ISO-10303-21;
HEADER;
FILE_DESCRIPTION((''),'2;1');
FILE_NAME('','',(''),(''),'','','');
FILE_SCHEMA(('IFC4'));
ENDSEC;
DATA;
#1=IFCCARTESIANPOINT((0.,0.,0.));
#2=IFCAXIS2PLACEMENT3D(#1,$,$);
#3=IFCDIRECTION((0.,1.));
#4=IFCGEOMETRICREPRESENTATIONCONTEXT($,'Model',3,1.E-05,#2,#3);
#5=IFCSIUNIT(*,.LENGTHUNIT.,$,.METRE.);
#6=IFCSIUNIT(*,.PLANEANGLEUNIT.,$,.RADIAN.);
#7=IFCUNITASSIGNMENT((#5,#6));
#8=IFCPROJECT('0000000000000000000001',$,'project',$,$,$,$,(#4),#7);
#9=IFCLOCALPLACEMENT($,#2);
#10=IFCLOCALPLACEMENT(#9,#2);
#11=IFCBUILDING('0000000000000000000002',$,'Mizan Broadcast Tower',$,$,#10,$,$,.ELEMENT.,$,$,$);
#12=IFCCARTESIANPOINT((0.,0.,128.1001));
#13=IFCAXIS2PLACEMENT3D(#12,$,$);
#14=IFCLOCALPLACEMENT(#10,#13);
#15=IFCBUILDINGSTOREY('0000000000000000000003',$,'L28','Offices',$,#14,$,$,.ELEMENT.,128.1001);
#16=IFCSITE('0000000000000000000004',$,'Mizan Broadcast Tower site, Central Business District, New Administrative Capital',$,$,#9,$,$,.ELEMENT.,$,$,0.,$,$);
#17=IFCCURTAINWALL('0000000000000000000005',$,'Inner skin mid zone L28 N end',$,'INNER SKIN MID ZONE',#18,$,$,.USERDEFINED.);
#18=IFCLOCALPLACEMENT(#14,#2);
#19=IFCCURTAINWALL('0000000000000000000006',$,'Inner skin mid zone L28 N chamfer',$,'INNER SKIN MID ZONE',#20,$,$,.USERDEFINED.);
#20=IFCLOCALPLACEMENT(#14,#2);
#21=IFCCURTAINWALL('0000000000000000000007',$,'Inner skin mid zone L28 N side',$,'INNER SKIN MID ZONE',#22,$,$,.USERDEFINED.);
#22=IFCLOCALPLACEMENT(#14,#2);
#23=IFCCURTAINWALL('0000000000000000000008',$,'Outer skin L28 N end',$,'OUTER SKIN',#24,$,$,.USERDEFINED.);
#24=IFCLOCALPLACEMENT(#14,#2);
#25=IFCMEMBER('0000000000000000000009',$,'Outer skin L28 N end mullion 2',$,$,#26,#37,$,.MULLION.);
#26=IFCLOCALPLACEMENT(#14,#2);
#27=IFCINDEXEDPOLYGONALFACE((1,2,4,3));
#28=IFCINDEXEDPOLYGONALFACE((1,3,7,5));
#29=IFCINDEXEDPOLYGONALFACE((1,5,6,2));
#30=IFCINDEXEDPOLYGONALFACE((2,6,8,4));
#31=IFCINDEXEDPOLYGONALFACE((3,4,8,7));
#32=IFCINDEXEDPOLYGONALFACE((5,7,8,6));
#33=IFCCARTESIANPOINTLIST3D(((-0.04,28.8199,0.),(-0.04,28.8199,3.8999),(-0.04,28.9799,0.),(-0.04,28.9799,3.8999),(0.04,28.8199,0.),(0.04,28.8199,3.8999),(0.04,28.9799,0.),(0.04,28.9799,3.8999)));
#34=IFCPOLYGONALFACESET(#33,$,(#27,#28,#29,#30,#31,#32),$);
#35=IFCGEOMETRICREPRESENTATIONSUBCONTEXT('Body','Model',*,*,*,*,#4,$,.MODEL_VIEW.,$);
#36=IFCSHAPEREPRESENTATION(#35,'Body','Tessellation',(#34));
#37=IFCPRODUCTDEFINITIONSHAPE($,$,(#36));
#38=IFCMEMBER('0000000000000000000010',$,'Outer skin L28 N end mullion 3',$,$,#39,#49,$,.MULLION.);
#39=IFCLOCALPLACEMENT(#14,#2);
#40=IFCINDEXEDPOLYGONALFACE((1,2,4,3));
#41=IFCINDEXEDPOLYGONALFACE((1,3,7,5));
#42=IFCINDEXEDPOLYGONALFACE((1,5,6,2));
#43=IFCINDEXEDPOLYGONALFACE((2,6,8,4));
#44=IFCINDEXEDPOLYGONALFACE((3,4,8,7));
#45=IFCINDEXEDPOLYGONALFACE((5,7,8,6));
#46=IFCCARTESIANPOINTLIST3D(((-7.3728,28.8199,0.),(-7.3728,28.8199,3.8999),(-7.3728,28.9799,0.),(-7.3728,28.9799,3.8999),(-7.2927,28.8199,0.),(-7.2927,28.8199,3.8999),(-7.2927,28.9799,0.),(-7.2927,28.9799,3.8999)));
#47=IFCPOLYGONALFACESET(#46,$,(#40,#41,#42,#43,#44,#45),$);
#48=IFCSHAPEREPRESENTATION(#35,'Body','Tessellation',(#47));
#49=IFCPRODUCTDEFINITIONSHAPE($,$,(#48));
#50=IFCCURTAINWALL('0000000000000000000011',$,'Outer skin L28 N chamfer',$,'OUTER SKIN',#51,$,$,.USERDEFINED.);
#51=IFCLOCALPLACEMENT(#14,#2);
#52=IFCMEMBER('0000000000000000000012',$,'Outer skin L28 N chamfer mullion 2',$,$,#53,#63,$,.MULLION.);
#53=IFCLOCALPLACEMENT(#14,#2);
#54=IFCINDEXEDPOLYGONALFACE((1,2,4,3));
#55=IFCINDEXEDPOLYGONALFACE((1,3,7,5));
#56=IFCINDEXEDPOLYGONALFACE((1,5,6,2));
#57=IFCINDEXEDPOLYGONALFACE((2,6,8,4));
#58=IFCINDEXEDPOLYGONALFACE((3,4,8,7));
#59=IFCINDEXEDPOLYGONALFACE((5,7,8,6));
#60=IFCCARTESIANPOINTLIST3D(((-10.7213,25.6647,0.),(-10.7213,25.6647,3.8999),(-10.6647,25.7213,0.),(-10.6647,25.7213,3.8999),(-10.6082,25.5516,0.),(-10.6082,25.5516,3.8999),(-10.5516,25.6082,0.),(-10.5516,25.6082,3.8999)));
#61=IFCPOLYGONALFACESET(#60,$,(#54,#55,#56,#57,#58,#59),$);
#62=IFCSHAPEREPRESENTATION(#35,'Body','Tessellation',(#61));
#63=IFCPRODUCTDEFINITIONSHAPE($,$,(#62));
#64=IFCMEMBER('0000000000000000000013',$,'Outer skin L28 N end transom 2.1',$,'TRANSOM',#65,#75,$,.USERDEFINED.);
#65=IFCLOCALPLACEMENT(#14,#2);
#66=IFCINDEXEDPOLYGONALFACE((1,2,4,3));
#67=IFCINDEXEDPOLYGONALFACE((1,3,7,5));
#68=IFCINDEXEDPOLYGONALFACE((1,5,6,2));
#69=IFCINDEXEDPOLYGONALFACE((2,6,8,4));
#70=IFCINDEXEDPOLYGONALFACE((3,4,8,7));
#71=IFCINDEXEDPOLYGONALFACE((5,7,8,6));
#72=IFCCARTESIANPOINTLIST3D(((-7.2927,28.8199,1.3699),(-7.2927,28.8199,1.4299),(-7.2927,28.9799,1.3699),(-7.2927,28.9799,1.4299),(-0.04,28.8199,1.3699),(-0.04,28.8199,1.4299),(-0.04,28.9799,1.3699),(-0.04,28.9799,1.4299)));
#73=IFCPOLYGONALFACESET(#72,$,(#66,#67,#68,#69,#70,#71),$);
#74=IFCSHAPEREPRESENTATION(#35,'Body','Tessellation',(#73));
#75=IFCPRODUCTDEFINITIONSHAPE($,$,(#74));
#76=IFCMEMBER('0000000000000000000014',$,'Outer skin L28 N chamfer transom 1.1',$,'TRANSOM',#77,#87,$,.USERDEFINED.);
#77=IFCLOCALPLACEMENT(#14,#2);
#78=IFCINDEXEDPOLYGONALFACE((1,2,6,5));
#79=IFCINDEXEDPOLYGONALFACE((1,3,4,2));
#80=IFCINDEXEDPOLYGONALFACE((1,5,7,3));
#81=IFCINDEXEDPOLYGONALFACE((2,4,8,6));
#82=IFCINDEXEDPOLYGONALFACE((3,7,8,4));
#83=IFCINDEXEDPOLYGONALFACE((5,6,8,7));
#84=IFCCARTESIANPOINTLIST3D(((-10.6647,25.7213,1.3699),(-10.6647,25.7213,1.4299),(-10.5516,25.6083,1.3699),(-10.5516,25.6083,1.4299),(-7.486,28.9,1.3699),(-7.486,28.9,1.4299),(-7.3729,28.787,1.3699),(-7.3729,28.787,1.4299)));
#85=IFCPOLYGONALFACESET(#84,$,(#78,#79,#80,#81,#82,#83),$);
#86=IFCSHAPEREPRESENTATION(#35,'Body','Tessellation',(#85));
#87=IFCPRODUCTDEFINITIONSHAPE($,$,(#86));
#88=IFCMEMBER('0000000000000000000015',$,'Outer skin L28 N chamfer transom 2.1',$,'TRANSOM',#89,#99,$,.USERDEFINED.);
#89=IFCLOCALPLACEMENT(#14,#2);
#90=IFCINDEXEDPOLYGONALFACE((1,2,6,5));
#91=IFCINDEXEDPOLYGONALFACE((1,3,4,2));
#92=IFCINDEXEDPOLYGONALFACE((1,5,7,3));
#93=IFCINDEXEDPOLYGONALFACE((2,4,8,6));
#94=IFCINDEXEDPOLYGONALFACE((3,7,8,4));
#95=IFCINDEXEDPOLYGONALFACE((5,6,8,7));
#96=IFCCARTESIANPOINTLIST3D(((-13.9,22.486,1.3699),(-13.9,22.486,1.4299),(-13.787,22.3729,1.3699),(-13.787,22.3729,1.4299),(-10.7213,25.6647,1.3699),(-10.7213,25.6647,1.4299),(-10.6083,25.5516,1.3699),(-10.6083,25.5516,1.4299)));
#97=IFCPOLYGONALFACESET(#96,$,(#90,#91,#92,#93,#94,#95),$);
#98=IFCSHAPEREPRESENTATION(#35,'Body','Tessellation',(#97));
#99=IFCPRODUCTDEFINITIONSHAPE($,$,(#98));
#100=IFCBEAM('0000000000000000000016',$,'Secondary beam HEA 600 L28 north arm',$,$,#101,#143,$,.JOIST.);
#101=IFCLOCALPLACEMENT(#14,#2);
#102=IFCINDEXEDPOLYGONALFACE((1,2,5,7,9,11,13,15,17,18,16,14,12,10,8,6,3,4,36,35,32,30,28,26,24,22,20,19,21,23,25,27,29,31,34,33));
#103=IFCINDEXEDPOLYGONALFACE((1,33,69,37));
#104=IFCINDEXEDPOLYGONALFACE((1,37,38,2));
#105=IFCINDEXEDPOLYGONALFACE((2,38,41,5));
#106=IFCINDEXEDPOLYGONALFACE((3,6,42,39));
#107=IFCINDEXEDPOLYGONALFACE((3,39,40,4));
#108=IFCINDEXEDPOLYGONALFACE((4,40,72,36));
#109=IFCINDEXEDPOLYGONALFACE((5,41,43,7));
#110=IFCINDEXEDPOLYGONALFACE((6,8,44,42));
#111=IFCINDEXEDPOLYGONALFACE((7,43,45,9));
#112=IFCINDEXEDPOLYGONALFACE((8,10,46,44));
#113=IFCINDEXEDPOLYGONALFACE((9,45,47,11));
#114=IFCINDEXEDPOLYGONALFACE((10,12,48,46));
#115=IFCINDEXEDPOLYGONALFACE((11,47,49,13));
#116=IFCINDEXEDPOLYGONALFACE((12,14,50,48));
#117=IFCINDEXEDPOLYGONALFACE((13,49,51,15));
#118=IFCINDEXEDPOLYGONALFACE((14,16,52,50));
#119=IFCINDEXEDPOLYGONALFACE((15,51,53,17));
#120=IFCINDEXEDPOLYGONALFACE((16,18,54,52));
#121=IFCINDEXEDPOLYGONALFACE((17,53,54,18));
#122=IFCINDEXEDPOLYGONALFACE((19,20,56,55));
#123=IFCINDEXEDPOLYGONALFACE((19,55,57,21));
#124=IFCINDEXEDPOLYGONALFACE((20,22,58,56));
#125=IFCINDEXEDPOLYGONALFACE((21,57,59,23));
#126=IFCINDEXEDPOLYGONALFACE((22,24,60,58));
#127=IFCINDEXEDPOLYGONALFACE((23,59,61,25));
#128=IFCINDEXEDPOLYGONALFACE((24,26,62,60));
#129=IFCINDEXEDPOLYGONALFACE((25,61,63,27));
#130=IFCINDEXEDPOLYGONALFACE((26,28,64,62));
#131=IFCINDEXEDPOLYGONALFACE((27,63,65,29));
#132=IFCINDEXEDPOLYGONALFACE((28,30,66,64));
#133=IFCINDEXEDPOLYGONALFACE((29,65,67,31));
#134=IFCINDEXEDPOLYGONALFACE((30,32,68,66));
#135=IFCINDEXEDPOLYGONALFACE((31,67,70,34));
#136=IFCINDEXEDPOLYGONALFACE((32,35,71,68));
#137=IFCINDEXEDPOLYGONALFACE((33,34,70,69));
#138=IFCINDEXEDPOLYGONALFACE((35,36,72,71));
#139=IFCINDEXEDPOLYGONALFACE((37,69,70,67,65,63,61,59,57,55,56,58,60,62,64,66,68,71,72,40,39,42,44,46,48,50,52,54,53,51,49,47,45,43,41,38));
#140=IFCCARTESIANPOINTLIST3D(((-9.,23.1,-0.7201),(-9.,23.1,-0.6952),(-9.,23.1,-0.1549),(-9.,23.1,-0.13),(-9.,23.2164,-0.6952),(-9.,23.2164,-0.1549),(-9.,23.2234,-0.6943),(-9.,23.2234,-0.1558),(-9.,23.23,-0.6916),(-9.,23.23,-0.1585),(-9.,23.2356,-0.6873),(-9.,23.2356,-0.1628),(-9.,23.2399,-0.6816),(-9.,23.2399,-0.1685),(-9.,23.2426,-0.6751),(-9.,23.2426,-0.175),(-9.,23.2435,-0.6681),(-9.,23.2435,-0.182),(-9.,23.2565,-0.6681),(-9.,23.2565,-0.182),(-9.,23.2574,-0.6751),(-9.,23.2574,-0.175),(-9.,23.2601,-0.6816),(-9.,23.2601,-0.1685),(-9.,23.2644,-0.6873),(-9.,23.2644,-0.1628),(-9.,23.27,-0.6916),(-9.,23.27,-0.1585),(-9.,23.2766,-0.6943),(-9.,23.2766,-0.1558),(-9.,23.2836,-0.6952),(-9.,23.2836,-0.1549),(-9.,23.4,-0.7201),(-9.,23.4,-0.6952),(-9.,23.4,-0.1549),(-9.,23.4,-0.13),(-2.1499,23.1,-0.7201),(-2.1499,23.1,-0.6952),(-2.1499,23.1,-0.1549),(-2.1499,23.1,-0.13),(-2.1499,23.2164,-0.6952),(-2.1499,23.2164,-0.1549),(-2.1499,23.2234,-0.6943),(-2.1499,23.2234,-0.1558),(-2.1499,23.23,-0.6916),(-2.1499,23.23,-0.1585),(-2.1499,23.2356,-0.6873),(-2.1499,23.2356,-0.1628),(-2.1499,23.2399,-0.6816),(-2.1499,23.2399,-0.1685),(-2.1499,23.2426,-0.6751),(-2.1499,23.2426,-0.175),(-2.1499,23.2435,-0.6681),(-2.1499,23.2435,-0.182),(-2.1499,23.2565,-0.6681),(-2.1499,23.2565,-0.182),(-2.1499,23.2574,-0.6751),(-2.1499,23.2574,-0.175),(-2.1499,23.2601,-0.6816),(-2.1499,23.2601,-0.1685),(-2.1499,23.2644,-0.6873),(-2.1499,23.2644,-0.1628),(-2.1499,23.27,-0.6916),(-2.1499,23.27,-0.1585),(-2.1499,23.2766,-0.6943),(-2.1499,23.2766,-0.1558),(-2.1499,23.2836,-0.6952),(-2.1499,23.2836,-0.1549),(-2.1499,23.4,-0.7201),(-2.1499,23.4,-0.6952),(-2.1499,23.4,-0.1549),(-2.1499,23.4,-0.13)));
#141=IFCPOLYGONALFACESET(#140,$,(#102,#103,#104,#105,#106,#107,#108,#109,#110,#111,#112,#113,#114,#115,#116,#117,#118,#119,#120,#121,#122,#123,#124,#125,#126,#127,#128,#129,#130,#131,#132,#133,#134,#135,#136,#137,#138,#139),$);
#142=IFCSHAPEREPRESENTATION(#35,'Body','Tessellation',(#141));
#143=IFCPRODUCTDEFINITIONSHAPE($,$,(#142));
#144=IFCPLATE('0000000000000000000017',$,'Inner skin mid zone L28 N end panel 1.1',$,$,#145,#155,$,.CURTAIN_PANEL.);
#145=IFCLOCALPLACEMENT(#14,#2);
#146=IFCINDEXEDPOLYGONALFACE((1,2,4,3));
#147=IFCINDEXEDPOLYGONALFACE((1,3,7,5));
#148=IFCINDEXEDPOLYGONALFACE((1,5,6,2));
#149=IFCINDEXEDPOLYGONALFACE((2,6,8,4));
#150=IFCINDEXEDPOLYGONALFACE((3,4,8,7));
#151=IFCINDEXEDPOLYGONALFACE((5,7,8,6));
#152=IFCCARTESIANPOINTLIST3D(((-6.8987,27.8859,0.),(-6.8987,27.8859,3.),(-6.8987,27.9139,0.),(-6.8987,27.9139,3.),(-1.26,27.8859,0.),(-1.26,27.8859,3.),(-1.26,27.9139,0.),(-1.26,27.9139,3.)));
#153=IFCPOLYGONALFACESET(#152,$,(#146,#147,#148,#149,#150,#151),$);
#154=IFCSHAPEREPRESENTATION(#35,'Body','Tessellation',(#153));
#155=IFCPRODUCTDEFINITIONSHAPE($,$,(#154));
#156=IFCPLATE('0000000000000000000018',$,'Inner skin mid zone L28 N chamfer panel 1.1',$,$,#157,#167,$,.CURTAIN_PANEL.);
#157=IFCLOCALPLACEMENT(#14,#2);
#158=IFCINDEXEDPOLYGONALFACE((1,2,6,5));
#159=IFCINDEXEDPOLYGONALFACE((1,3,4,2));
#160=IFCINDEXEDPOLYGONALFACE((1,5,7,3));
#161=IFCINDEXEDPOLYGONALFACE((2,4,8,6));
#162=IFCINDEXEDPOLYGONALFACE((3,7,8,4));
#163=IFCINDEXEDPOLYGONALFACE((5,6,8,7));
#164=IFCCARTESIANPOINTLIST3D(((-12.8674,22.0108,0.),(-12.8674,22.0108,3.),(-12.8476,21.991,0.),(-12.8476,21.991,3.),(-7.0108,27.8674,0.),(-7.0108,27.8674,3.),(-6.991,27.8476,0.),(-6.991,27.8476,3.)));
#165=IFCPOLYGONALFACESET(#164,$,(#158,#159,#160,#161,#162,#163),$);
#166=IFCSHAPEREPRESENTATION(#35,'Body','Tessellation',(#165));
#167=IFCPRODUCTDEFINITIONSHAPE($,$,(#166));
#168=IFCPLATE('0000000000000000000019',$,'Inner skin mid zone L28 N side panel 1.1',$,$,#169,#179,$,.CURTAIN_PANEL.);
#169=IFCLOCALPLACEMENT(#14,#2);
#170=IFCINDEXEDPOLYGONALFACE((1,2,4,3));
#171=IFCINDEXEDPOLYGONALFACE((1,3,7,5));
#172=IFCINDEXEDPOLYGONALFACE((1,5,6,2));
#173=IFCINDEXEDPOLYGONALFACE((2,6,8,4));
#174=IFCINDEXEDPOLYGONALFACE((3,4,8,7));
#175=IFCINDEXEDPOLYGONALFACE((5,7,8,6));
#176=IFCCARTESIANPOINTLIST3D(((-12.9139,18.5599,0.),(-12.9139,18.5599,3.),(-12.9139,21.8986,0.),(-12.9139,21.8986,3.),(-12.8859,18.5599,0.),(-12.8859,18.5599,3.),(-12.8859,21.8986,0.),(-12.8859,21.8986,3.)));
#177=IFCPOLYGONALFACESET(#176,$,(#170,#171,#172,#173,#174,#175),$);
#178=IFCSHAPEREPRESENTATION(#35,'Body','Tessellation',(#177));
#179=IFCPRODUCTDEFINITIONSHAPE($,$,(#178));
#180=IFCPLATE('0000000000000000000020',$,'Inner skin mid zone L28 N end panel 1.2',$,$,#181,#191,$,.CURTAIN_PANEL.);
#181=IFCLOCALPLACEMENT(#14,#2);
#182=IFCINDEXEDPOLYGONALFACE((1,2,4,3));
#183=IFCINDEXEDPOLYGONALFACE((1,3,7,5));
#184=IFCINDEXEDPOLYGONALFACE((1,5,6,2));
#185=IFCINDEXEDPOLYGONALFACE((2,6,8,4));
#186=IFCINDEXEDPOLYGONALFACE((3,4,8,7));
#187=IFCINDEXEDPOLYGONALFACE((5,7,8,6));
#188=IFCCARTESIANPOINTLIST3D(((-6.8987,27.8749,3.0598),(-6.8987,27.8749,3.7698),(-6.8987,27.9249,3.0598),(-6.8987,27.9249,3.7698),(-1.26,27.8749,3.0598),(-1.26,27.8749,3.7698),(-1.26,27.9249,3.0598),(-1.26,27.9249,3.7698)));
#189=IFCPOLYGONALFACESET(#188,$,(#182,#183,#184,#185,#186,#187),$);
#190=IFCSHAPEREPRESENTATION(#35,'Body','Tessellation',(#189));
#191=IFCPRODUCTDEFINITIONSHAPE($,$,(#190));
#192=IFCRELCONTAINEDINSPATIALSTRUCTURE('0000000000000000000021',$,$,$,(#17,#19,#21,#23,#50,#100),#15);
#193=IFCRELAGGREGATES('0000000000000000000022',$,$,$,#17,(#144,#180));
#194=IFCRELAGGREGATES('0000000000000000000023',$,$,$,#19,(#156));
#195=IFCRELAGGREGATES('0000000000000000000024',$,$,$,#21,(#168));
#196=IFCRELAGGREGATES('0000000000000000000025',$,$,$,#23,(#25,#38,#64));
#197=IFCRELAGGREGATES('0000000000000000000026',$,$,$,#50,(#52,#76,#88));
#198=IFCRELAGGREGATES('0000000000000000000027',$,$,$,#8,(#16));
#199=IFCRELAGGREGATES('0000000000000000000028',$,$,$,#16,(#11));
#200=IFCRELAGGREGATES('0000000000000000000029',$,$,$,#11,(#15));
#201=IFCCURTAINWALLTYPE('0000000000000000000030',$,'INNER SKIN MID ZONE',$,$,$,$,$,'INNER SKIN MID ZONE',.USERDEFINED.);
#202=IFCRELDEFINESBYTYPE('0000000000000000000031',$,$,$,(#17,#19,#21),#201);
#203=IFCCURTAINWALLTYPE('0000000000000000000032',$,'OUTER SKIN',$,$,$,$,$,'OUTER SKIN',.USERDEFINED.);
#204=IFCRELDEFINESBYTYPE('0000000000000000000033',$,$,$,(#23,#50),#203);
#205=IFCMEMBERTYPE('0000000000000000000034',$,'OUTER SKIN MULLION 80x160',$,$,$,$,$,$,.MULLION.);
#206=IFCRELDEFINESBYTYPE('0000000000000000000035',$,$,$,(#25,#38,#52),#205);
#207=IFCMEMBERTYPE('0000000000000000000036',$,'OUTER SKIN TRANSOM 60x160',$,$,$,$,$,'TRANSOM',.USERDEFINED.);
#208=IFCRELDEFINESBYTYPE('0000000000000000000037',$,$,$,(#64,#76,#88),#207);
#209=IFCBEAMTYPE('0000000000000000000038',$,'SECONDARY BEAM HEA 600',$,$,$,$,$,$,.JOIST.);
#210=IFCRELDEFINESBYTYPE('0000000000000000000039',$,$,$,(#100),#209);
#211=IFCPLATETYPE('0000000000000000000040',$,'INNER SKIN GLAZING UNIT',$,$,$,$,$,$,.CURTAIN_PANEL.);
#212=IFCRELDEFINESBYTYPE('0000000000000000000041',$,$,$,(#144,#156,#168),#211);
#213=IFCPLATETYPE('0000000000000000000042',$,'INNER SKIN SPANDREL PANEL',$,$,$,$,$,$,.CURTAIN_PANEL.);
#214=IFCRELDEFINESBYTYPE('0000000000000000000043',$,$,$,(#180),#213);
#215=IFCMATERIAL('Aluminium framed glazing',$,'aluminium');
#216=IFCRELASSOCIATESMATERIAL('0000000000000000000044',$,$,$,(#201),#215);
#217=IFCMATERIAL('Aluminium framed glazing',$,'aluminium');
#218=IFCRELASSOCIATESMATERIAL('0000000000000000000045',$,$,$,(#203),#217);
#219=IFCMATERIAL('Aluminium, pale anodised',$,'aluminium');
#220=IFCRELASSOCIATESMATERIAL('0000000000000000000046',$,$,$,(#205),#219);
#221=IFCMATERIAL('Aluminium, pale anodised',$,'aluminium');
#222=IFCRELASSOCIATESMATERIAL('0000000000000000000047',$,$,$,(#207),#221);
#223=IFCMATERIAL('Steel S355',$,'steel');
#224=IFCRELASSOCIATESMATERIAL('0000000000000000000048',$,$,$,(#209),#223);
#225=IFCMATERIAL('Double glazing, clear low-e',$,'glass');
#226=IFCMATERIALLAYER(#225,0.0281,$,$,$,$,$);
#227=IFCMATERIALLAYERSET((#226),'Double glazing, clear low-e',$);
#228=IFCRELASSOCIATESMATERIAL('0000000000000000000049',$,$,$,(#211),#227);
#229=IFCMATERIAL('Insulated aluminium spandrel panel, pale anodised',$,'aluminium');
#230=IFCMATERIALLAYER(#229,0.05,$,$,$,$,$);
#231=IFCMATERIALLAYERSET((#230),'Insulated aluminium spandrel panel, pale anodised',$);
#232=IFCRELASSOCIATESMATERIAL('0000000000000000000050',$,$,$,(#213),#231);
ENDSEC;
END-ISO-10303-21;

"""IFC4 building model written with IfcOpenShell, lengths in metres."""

from ifc_helpers import new_model, si_unit, direction, frame, origin, origin_2d, place, context, subcontext, project, spatial, rectangle, i_section, extrude, material, layer, layer_set, material_profile, profile_set, type_object, element, aggregate, save


model = new_model("IFC4")

# Units and contexts
model_context = context("Model", 3, precision=1e-05, world=origin(), true_north=direction((0.0, 1.0)))
body_context = subcontext(model_context, "Body", "Model", "MODEL_VIEW")
ifc_project = project(units=[si_unit("LENGTHUNIT", "METRE"), si_unit("PLANEANGLEUNIT", "RADIAN")], contexts=[model_context])

# Site, building, storey
site_placement = place(None, origin())
site = spatial("IfcSite", under=ifc_project, at=site_placement, Name="Mizan Broadcast Tower site, Central Business District, New Administrative Capital", CompositionType="ELEMENT", RefElevation=0.0)
building_placement = place(site_placement, origin())
building = spatial("IfcBuilding", under=site, at=building_placement, Name="Mizan Broadcast Tower", CompositionType="ELEMENT")
storey_placement = place(building_placement, frame((0.0, 0.0, 128.1001)))
storey = spatial("IfcBuildingStorey", under=building, at=storey_placement, Name="L28", Description="Offices", CompositionType="ELEMENT", Elevation=128.1001)

# Curtain wall
ifc_material_1 = material(Name="Aluminium framed glazing", Category="aluminium")
curtain_wall_type_1 = type_object("IfcCurtainWallType", Name="INNER SKIN MID ZONE", ElementType="INNER SKIN MID ZONE", PredefinedType="USERDEFINED", material=ifc_material_1)
curtain_wall_1_placement = place(storey_placement, origin())
curtain_wall_1 = element("IfcCurtainWall", 1, at=curtain_wall_1_placement, inside=storey, type_object=curtain_wall_type_1, Name="Inner skin mid zone L28 N end", ObjectType="INNER SKIN MID ZONE", PredefinedType="USERDEFINED")

# Curtain wall
curtain_wall_2_placement = place(storey_placement, origin())
curtain_wall_2 = element("IfcCurtainWall", 2, at=curtain_wall_2_placement, inside=storey, type_object=curtain_wall_type_1, Name="Inner skin mid zone L28 N chamfer", ObjectType="INNER SKIN MID ZONE", PredefinedType="USERDEFINED")

# Curtain wall
curtain_wall_3_placement = place(storey_placement, origin())
curtain_wall_3 = element("IfcCurtainWall", 3, at=curtain_wall_3_placement, inside=storey, type_object=curtain_wall_type_1, Name="Inner skin mid zone L28 N side", ObjectType="INNER SKIN MID ZONE", PredefinedType="USERDEFINED")

# Curtain wall, members
ifc_material_2 = material(Name="Aluminium framed glazing", Category="aluminium")
curtain_wall_type_2 = type_object("IfcCurtainWallType", Name="OUTER SKIN", ElementType="OUTER SKIN", PredefinedType="USERDEFINED", material=ifc_material_2)
curtain_wall_4_placement = place(storey_placement, origin())
curtain_wall_4 = element("IfcCurtainWall", 4, at=curtain_wall_4_placement, inside=storey, type_object=curtain_wall_type_2, Name="Outer skin L28 N end", ObjectType="OUTER SKIN", PredefinedType="USERDEFINED")
ifc_material_3 = material(Name="Aluminium, pale anodised", Category="aluminium")
ifc_material_profile_1 = material_profile(ifc_material_3, rectangle(XDim=0.1599, YDim=0.0801, at=origin_2d()), Name="MULLION 160x80")
ifc_profile_set_1 = profile_set([ifc_material_profile_1], Name="Aluminium, pale anodised")
member_type_1 = type_object("IfcMemberType", Name="OUTER SKIN MULLION 80x160", PredefinedType="MULLION", material=ifc_profile_set_1)
member_1_placement = place(storey_placement, frame((0.0, 28.8999, 0.0), z_axis=(0.0, 0.0, 1.0), x_axis=(0.0, -1.0, 0.0)))
member_1 = element("IfcMember", 5, at=member_1_placement, type_object=member_type_1, Name="Outer skin L28 N end mullion 2", PredefinedType="MULLION", context=body_context, shape_type="SweptSolid", body=[
    extrude(rectangle(XDim=0.1599, YDim=0.0801, at=origin_2d()), origin(), (0.0, 0.0, 1.0), 3.8999),
])
member_2_placement = place(storey_placement, frame((-7.3328, 28.8999, 0.0), z_axis=(0.0, 0.0, 1.0), x_axis=(0.0, -1.0, 0.0)))
member_2 = element("IfcMember", 6, at=member_2_placement, type_object=member_type_1, Name="Outer skin L28 N end mullion 3", PredefinedType="MULLION", context=body_context, shape_type="SweptSolid", body=[
    extrude(rectangle(XDim=0.1599, YDim=0.0801, at=origin_2d()), origin(), (0.0, 0.0, 1.0), 3.8999),
])

# Curtain wall, member
curtain_wall_5_placement = place(storey_placement, origin())
curtain_wall_5 = element("IfcCurtainWall", 7, at=curtain_wall_5_placement, inside=storey, type_object=curtain_wall_type_2, Name="Outer skin L28 N chamfer", ObjectType="OUTER SKIN", PredefinedType="USERDEFINED")
member_3_placement = place(storey_placement, frame((-10.6365, 25.6365, 0.0), z_axis=(0.0, 0.0, 1.0), x_axis=(0.707107, -0.707107, 0.0)))
member_3 = element("IfcMember", 8, at=member_3_placement, type_object=member_type_1, Name="Outer skin L28 N chamfer mullion 2", PredefinedType="MULLION", context=body_context, shape_type="SweptSolid", body=[
    extrude(rectangle(XDim=0.1599, YDim=0.0801, at=origin_2d()), origin(), (0.0, 0.0, 1.0), 3.8999),
])

# Members
ifc_material_4 = material(Name="Aluminium, pale anodised", Category="aluminium")
ifc_material_profile_2 = material_profile(ifc_material_4, rectangle(XDim=0.1599, YDim=0.0601, at=origin_2d()), Name="TRANSOM 160x60")
ifc_profile_set_2 = profile_set([ifc_material_profile_2], Name="Aluminium, pale anodised")
member_type_2 = type_object("IfcMemberType", Name="OUTER SKIN TRANSOM 60x160", ElementType="TRANSOM", PredefinedType="USERDEFINED", material=ifc_profile_set_2)
member_4_placement = place(storey_placement, frame((-0.04, 28.8999, 1.3999), z_axis=(-1.0, 0.0, 0.0), x_axis=(0.0, -1.0, 0.0)))
member_4 = element("IfcMember", 9, at=member_4_placement, type_object=member_type_2, Name="Outer skin L28 N end transom 2.1", ObjectType="TRANSOM", PredefinedType="USERDEFINED", context=body_context, shape_type="SweptSolid", body=[
    extrude(rectangle(XDim=0.1599, YDim=0.0601, at=origin_2d()), origin(), (0.0, 0.0, 1.0), 7.2527),
])
member_5_placement = place(storey_placement, frame((-7.4294, 28.8435, 1.3999), z_axis=(-0.707107, -0.707107, 0.0), x_axis=(0.707107, -0.707107, 0.0)))
member_5 = element("IfcMember", 10, at=member_5_placement, type_object=member_type_2, Name="Outer skin L28 N chamfer transom 1.1", ObjectType="TRANSOM", PredefinedType="USERDEFINED", context=body_context, shape_type="SweptSolid", body=[
    extrude(rectangle(XDim=0.1599, YDim=0.0601, at=origin_2d()), origin(), (0.0, 0.0, 1.0), 4.4954),
])
member_6_placement = place(storey_placement, frame((-10.6648, 25.6082, 1.3999), z_axis=(-0.707107, -0.707107, 0.0), x_axis=(0.707107, -0.707107, 0.0)))
member_6 = element("IfcMember", 11, at=member_6_placement, type_object=member_type_2, Name="Outer skin L28 N chamfer transom 2.1", ObjectType="TRANSOM", PredefinedType="USERDEFINED", context=body_context, shape_type="SweptSolid", body=[
    extrude(rectangle(XDim=0.1599, YDim=0.0601, at=origin_2d()), origin(), (0.0, 0.0, 1.0), 4.4954),
])

# Beam
ifc_material_5 = material(Name="Steel S355", Category="steel")
ifc_material_profile_3 = material_profile(ifc_material_5, i_section(OverallWidth=0.3, OverallDepth=0.5901, WebThickness=0.0129, FlangeThickness=0.0249, FilletRadius=0.0271, at=origin_2d()), Name="HEA 600")
ifc_profile_set_3 = profile_set([ifc_material_profile_3], Name="Steel S355")
beam_type_1 = type_object("IfcBeamType", Name="SECONDARY BEAM HEA 600", PredefinedType="JOIST", material=ifc_profile_set_3)
beam_1_placement = place(storey_placement, frame((-9.0, 23.25, -0.425), z_axis=(1.0, 0.0, 0.0), x_axis=(0.0, 1.0, 0.0)))
element("IfcBeam", 12, at=beam_1_placement, inside=storey, type_object=beam_type_1, Name="Secondary beam HEA 600 L28 north arm", PredefinedType="JOIST", context=body_context, shape_type="SweptSolid", body=[
    extrude(i_section(OverallWidth=0.3, OverallDepth=0.5901, WebThickness=0.0129, FlangeThickness=0.0249, FilletRadius=0.0271, at=origin_2d()), origin(), (0.0, 0.0, 1.0), 6.8501),
])

# Plates
ifc_material_6 = material(Name="Double glazing, clear low-e", Category="glass")
ifc_layer_1 = layer(ifc_material_6, 0.0281)
ifc_layer_set_1 = layer_set([ifc_layer_1], Name="Double glazing, clear low-e")
plate_type_1 = type_object("IfcPlateType", Name="INNER SKIN GLAZING UNIT", PredefinedType="CURTAIN_PANEL", material=ifc_layer_set_1)
plate_1_placement = place(storey_placement, frame((-4.0793, 27.8999, 0.0), z_axis=(0.0, 0.0, 1.0), x_axis=(-1.0, 0.0, 0.0)))
plate_1 = element("IfcPlate", 13, at=plate_1_placement, type_object=plate_type_1, Name="Inner skin mid zone L28 N end panel 1.1", PredefinedType="CURTAIN_PANEL", context=body_context, shape_type="SweptSolid", body=[
    extrude(rectangle(XDim=5.6387, YDim=0.0281, at=origin_2d()), origin(), (0.0, 0.0, 1.0), 3.0),
])
plate_2_placement = place(storey_placement, frame((-9.9292, 24.9292, 0.0), z_axis=(0.0, 0.0, 1.0), x_axis=(-0.707107, -0.707107, 0.0)))
plate_2 = element("IfcPlate", 14, at=plate_2_placement, type_object=plate_type_1, Name="Inner skin mid zone L28 N chamfer panel 1.1", PredefinedType="CURTAIN_PANEL", context=body_context, shape_type="SweptSolid", body=[
    extrude(rectangle(XDim=8.2825, YDim=0.0281, at=origin_2d()), origin(), (0.0, 0.0, 1.0), 3.0),
])
plate_3_placement = place(storey_placement, frame((-12.8999, 20.2292, 0.0), z_axis=(0.0, 0.0, 1.0), x_axis=(0.0, -1.0, 0.0)))
plate_3 = element("IfcPlate", 15, at=plate_3_placement, type_object=plate_type_1, Name="Inner skin mid zone L28 N side panel 1.1", PredefinedType="CURTAIN_PANEL", context=body_context, shape_type="SweptSolid", body=[
    extrude(rectangle(XDim=3.3386, YDim=0.0281, at=origin_2d()), origin(), (0.0, 0.0, 1.0), 3.0),
])
ifc_material_7 = material(Name="Insulated aluminium spandrel panel, pale anodised", Category="aluminium")
ifc_layer_2 = layer(ifc_material_7, 0.05)
ifc_layer_set_2 = layer_set([ifc_layer_2], Name="Insulated aluminium spandrel panel, pale anodised")
plate_type_2 = type_object("IfcPlateType", Name="INNER SKIN SPANDREL PANEL", PredefinedType="CURTAIN_PANEL", material=ifc_layer_set_2)
plate_4_placement = place(storey_placement, frame((-4.0793, 27.8999, 3.0598), z_axis=(0.0, 0.0, 1.0), x_axis=(-1.0, 0.0, 0.0)))
plate_4 = element("IfcPlate", 16, at=plate_4_placement, type_object=plate_type_2, Name="Inner skin mid zone L28 N end panel 1.2", PredefinedType="CURTAIN_PANEL", context=body_context, shape_type="SweptSolid", body=[
    extrude(rectangle(XDim=5.6387, YDim=0.05, at=origin_2d()), origin(), (0.0, 0.0, 1.0), 0.71),
])
aggregate(curtain_wall_1, [plate_1, plate_4])
aggregate(curtain_wall_2, [plate_2])
aggregate(curtain_wall_3, [plate_3])
aggregate(curtain_wall_4, [member_1, member_2, member_4])
aggregate(curtain_wall_5, [member_3, member_5, member_6])

save(model, "model.ifc")
